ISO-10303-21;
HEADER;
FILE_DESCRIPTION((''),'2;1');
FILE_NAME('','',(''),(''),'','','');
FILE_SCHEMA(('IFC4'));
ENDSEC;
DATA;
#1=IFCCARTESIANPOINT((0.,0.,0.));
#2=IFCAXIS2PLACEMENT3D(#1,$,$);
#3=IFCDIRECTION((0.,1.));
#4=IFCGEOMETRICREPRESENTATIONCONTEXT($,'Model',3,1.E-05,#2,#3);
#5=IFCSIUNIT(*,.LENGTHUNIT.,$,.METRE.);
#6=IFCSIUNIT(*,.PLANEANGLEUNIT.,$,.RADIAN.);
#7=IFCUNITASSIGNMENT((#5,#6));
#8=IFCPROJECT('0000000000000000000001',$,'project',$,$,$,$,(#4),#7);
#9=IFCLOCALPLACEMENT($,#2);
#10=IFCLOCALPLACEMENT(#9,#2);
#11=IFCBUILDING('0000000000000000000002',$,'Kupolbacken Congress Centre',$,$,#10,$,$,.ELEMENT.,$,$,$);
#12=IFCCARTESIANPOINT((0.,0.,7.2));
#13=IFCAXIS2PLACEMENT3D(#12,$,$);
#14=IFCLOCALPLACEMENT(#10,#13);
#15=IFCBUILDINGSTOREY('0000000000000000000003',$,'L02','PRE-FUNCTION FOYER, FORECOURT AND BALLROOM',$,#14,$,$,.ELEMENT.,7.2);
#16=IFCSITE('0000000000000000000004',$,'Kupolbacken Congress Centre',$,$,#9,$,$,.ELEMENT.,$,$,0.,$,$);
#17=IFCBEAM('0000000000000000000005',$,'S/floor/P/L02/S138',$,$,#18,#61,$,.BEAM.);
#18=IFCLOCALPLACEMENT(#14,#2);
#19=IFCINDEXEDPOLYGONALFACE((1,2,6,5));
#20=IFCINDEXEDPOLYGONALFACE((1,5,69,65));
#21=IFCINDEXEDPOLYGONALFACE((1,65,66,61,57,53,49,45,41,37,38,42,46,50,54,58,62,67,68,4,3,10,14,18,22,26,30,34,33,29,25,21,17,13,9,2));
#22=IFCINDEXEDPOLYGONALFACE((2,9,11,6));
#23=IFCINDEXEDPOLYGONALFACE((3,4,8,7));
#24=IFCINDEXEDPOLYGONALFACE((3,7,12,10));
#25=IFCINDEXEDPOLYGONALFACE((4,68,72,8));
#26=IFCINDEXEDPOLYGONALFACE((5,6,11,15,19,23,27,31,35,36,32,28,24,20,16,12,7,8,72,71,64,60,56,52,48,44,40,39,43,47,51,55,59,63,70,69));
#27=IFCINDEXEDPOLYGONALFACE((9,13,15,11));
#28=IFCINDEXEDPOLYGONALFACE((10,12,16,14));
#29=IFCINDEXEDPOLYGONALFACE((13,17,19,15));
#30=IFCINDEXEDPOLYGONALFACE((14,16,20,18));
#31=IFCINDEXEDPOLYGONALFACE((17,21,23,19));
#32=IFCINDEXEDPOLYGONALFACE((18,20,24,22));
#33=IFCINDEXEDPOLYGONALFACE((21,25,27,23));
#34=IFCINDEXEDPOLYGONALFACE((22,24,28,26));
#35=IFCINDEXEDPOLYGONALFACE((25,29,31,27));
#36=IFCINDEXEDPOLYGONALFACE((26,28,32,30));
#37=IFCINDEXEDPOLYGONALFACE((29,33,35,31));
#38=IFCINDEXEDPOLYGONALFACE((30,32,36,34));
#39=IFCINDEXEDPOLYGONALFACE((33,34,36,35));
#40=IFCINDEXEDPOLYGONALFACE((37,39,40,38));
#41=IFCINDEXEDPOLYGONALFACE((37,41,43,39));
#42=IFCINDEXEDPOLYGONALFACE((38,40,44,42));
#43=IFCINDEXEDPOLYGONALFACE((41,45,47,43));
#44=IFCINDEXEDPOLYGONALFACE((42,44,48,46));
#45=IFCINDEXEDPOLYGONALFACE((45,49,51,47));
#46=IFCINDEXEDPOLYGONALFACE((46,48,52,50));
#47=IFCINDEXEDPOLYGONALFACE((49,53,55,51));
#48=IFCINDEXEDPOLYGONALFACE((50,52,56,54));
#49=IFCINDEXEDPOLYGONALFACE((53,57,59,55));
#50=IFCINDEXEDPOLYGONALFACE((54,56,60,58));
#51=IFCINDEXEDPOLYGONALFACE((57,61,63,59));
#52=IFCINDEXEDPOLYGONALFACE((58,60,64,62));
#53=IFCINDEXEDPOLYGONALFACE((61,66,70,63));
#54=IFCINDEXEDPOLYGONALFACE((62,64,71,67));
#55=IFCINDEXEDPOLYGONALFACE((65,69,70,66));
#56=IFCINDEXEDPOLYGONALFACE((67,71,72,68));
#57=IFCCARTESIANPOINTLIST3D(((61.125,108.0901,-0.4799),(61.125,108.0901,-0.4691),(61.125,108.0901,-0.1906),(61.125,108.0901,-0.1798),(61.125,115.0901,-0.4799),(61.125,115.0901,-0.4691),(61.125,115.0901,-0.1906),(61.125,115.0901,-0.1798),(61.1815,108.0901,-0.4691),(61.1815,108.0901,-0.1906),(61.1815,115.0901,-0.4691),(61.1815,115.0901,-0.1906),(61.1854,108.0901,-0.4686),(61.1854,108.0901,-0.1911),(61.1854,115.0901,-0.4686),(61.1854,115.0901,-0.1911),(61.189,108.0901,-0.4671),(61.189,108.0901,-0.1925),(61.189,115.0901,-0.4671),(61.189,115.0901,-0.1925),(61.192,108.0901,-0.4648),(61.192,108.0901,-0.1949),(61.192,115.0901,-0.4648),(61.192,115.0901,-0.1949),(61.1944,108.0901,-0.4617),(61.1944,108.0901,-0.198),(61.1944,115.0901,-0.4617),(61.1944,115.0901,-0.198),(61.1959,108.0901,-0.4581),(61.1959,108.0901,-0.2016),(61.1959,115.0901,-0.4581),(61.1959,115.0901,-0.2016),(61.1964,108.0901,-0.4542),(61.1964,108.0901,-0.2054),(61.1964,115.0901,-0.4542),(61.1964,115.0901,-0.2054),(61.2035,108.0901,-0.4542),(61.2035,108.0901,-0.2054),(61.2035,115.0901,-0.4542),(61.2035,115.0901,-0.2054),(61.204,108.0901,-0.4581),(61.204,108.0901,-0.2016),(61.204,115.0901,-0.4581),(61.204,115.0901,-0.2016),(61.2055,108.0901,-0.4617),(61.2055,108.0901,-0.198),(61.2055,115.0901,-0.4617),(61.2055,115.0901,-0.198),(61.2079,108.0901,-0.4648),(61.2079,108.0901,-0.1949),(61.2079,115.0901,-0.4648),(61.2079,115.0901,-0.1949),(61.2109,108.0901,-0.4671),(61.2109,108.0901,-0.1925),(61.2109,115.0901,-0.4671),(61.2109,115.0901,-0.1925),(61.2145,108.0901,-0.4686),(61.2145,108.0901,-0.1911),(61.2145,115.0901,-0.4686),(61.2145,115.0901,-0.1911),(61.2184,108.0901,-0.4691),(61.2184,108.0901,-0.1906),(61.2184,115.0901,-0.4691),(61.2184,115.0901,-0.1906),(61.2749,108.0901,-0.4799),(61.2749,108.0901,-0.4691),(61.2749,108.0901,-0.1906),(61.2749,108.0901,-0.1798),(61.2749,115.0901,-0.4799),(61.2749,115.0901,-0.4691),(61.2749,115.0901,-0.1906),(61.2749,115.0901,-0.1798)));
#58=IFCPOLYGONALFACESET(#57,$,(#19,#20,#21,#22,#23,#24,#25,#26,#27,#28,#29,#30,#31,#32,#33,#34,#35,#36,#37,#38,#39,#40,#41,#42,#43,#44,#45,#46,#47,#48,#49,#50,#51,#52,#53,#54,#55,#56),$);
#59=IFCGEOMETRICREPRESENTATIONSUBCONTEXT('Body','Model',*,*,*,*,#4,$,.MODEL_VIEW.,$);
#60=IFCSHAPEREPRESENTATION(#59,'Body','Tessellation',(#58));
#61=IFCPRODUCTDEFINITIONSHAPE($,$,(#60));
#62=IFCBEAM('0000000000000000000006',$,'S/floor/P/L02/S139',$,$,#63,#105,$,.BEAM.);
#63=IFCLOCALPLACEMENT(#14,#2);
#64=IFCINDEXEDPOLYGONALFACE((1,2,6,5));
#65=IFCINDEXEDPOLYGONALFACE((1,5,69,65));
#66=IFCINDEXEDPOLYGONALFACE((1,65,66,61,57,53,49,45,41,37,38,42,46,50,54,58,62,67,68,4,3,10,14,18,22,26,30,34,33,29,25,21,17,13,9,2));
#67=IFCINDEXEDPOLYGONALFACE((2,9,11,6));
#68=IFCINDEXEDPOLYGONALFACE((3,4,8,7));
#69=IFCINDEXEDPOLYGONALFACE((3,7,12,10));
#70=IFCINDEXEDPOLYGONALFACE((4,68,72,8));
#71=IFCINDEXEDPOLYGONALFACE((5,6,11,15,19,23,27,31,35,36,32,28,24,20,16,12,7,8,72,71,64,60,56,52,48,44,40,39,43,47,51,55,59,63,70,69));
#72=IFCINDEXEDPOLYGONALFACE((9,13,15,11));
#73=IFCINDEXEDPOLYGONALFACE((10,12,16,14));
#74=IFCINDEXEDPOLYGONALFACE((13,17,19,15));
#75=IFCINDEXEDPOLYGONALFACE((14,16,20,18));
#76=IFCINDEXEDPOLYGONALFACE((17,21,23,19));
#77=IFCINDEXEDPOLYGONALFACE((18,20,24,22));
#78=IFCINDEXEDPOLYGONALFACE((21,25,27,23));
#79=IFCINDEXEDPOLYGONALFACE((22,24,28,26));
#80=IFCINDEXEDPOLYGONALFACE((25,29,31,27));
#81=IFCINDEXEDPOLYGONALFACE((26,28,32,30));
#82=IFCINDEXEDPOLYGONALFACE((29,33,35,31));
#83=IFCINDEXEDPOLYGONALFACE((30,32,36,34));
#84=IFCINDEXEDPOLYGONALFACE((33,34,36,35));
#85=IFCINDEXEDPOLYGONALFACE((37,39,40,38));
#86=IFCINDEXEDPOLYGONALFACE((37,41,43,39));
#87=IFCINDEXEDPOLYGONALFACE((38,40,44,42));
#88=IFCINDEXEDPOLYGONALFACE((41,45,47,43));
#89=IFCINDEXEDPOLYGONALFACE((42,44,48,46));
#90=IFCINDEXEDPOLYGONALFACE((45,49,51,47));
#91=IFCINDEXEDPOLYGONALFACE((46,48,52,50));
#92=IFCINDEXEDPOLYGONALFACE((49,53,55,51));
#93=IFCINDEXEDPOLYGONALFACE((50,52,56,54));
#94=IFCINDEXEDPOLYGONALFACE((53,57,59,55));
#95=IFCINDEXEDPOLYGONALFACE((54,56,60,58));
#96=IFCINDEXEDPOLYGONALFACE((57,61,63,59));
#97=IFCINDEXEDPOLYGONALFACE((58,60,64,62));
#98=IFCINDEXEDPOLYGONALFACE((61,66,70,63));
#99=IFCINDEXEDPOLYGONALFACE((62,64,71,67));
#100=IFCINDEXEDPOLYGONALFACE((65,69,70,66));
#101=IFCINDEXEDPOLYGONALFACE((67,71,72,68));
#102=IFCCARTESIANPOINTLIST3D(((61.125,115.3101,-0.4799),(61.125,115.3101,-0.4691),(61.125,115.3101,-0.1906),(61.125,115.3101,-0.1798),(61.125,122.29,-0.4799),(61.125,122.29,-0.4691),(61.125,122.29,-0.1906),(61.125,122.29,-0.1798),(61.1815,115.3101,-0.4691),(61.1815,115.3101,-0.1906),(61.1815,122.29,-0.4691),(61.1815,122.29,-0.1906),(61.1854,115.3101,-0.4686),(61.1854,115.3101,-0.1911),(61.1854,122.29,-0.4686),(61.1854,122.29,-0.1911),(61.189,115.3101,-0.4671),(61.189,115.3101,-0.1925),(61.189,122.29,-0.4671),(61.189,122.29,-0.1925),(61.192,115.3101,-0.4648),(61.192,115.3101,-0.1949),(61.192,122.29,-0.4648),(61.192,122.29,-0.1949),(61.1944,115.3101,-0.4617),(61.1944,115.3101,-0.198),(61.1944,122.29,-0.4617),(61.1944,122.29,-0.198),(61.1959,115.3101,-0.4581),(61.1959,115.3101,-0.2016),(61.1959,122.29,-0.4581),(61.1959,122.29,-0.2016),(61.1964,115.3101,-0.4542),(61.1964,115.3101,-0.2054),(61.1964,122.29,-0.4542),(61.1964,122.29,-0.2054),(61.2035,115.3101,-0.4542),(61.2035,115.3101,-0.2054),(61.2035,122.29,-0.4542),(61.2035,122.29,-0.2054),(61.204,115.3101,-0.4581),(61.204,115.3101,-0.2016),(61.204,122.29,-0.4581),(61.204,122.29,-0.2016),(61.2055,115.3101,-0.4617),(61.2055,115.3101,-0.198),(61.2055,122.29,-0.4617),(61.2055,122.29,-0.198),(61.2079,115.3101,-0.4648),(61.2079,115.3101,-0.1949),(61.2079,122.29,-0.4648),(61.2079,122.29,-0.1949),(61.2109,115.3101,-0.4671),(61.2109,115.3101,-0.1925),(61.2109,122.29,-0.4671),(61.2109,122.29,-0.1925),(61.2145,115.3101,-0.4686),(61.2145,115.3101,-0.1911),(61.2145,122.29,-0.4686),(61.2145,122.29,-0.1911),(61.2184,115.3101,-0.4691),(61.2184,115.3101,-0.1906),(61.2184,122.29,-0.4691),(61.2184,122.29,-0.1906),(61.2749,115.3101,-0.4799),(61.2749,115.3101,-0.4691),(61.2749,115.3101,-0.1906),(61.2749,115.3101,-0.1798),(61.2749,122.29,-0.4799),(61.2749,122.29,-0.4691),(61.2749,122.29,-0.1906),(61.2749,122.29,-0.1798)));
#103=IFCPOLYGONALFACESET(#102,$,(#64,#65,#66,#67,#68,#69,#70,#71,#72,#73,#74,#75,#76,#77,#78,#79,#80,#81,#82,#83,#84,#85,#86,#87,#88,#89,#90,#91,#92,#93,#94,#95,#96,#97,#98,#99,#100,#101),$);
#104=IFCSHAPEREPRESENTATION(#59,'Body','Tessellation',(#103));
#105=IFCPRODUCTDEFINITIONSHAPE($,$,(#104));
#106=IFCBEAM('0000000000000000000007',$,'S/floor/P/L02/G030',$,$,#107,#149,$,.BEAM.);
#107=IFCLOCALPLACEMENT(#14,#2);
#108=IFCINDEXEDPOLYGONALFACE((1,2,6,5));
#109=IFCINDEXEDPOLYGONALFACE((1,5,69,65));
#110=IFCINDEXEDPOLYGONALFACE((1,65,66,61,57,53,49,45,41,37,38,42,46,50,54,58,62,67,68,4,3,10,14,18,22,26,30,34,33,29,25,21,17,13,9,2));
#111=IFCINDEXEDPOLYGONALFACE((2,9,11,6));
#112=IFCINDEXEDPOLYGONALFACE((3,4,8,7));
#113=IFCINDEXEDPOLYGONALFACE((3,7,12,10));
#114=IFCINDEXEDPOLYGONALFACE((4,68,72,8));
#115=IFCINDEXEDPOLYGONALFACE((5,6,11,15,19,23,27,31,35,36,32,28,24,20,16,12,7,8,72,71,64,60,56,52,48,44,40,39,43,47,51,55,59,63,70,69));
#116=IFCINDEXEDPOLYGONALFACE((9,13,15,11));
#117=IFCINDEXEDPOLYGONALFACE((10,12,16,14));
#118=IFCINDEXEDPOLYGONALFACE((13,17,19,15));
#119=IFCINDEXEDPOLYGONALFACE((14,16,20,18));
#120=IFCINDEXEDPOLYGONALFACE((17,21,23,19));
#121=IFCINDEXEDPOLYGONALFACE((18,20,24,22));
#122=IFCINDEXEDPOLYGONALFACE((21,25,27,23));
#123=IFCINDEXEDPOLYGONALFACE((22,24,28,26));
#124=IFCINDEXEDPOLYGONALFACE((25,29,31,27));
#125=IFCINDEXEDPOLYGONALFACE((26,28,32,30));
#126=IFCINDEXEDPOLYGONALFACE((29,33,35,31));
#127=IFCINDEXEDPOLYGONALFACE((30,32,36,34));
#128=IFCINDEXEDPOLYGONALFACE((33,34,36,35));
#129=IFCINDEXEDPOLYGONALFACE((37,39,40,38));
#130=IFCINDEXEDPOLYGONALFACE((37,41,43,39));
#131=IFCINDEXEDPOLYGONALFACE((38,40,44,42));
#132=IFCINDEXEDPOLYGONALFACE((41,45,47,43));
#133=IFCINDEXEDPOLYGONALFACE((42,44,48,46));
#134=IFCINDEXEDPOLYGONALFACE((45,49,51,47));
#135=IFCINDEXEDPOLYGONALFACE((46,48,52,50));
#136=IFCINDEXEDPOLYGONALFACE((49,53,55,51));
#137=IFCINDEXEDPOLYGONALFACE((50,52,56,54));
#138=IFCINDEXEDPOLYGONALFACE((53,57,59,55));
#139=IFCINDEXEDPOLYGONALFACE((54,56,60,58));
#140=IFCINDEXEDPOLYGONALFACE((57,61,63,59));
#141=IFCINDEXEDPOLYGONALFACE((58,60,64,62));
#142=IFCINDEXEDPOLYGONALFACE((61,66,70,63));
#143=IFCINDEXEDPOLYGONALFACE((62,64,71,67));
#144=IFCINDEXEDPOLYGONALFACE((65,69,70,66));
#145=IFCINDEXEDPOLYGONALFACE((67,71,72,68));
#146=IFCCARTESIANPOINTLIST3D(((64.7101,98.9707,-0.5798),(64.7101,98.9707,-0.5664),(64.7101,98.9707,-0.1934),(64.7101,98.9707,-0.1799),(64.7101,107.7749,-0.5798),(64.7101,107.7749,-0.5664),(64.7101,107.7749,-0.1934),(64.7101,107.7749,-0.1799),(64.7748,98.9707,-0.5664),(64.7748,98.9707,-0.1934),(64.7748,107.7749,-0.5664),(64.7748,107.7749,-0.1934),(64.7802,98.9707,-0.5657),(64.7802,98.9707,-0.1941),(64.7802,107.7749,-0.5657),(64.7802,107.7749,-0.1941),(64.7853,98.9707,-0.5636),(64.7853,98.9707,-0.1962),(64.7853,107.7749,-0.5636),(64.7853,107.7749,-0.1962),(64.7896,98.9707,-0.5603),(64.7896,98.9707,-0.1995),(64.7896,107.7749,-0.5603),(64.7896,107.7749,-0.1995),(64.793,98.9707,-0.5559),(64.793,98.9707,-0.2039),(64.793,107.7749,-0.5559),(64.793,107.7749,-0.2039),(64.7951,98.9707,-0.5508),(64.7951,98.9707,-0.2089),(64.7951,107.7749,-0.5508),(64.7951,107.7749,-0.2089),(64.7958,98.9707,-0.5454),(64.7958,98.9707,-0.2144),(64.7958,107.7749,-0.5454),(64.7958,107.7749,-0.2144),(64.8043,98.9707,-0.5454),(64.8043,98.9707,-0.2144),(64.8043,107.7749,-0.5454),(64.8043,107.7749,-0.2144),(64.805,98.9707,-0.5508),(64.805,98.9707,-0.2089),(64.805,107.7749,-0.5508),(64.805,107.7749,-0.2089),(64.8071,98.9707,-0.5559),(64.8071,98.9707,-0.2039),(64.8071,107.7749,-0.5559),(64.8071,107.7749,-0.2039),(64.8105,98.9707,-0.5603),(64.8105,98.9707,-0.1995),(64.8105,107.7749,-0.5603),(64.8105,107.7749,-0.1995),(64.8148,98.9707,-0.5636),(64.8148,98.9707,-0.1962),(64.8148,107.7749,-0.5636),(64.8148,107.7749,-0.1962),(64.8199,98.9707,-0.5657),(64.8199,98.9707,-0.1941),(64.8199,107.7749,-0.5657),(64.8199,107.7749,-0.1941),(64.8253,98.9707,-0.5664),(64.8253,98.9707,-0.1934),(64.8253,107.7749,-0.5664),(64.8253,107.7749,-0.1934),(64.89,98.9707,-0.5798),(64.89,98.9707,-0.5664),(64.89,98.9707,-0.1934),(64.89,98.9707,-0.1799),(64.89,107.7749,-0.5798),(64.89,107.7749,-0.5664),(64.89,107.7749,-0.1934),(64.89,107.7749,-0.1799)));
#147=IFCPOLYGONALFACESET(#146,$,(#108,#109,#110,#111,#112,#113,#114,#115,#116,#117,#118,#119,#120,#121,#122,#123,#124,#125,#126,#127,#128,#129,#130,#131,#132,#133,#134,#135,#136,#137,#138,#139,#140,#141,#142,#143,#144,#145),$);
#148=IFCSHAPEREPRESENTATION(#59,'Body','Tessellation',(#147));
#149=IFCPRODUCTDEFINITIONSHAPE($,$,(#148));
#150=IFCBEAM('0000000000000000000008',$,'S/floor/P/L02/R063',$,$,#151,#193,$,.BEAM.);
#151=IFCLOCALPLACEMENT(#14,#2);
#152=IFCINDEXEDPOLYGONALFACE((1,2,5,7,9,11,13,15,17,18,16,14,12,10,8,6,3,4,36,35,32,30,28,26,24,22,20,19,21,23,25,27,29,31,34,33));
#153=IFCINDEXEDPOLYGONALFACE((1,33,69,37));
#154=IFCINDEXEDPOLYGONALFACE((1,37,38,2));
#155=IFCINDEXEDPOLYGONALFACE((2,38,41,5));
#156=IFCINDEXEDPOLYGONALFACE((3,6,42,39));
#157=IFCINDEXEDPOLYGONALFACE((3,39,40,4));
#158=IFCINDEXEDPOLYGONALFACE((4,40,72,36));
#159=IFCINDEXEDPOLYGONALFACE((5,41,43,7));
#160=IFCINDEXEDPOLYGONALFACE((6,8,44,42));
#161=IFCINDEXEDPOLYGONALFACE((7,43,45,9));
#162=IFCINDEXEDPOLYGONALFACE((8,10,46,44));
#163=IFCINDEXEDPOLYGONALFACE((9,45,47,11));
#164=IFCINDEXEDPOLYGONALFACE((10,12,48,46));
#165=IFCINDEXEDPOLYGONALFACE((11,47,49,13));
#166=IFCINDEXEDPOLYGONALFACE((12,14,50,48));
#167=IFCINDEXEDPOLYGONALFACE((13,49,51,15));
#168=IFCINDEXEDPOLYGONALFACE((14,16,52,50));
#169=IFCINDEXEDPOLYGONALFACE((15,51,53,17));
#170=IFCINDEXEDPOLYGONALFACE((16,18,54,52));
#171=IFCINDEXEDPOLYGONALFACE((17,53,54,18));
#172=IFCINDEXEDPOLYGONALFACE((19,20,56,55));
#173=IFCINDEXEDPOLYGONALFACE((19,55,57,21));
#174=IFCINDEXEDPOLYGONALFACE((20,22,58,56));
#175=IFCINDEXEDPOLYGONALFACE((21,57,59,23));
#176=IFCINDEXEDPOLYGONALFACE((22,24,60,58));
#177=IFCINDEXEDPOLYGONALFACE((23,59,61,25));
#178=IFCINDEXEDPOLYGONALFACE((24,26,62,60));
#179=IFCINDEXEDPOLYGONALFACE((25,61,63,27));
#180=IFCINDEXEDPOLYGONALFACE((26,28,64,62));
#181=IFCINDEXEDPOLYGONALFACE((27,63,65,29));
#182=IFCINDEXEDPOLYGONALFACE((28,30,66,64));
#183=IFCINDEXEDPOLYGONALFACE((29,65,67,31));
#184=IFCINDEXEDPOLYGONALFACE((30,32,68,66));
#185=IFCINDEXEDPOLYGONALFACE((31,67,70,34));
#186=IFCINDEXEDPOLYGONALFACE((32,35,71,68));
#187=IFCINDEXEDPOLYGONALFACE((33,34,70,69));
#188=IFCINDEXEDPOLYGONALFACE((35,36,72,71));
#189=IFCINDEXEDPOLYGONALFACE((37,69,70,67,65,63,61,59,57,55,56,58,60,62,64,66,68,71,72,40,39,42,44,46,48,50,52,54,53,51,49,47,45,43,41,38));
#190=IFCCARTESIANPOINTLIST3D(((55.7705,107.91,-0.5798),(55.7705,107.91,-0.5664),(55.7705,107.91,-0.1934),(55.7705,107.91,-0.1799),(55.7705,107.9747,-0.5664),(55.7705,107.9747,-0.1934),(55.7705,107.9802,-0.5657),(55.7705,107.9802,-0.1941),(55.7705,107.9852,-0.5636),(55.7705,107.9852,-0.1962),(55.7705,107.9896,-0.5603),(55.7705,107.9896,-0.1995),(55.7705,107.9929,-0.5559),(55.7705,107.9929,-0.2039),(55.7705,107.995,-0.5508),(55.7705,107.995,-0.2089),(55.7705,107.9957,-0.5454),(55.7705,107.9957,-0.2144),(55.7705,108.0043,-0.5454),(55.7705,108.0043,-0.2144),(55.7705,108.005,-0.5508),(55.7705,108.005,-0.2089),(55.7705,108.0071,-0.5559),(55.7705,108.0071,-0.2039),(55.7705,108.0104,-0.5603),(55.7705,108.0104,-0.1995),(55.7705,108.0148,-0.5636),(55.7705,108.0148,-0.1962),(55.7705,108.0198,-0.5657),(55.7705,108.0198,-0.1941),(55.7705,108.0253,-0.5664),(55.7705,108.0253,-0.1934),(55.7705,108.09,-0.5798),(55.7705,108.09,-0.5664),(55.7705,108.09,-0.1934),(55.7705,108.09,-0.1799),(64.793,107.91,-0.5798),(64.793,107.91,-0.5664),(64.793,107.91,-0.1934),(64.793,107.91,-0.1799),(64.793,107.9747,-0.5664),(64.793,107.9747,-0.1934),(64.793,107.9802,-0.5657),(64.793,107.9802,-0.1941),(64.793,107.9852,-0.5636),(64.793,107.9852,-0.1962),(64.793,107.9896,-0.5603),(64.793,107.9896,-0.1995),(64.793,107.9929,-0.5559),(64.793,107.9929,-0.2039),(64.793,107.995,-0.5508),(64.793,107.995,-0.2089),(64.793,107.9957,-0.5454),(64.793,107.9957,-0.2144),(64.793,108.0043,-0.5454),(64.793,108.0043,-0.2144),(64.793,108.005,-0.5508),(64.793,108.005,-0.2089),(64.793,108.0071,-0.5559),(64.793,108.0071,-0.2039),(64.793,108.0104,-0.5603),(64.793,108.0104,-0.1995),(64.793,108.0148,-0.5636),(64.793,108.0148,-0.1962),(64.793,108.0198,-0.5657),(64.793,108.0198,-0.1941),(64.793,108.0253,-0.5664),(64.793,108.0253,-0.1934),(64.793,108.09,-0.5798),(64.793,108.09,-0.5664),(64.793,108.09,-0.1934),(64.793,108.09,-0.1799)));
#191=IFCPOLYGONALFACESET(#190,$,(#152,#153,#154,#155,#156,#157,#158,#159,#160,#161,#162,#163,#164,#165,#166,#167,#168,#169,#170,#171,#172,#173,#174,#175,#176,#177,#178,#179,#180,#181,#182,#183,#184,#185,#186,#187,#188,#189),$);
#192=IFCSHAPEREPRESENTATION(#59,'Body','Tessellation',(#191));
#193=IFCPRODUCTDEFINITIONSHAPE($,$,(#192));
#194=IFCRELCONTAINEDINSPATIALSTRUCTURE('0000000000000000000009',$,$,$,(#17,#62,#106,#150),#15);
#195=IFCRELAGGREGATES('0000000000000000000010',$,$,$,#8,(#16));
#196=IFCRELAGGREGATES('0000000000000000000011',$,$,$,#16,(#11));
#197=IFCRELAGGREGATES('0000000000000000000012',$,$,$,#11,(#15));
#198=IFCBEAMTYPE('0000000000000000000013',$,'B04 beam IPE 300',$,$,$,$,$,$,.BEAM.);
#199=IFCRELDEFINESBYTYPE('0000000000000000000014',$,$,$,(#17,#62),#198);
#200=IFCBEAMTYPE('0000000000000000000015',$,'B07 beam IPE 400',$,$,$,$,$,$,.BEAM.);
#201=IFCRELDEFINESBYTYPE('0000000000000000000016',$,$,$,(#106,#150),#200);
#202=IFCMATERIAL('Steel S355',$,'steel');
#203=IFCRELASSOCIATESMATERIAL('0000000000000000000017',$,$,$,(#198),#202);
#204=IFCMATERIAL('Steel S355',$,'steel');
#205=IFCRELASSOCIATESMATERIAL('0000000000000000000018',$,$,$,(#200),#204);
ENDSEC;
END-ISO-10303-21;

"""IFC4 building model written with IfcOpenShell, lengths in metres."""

from ifc_helpers import new_model, si_unit, direction, frame, origin, origin_2d, place, context, subcontext, project, spatial, i_section, extrude, material, material_profile, profile_set, type_object, element, save


model = new_model("IFC4")

# Units and contexts
model_context = context("Model", 3, precision=1e-05, world=origin(), true_north=direction((0.0, 1.0)))
body_context = subcontext(model_context, "Body", "Model", "MODEL_VIEW")
ifc_project = project(units=[si_unit("LENGTHUNIT", "METRE"), si_unit("PLANEANGLEUNIT", "RADIAN")], contexts=[model_context])

# Site, building, storey
site_placement = place(None, origin())
site = spatial("IfcSite", under=ifc_project, at=site_placement, Name="Kupolbacken Congress Centre", CompositionType="ELEMENT", RefElevation=0.0)
building_placement = place(site_placement, origin())
building = spatial("IfcBuilding", under=site, at=building_placement, Name="Kupolbacken Congress Centre", CompositionType="ELEMENT")
storey_placement = place(building_placement, frame((0.0, 0.0, 7.2)))
storey = spatial("IfcBuildingStorey", under=building, at=storey_placement, Name="L02", Description="PRE-FUNCTION FOYER, FORECOURT AND BALLROOM", CompositionType="ELEMENT", Elevation=7.2)

# Beams
ifc_material_1 = material(Name="Steel S355", Category="steel")
ifc_material_profile_1 = material_profile(ifc_material_1, i_section(OverallWidth=0.1499, OverallDepth=0.3, WebThickness=0.0071, FlangeThickness=0.0107, FilletRadius=0.0149, at=origin_2d()), Name="IPE 300")
ifc_profile_set_1 = profile_set([ifc_material_profile_1], Name="Steel S355")
beam_type_1 = type_object("IfcBeamType", Name="B04 beam IPE 300", PredefinedType="BEAM", material=ifc_profile_set_1)
beam_1_placement = place(storey_placement, frame((61.2, 108.0901, -0.3298), z_axis=(0.0, 1.0, 0.0), x_axis=(-1.0, 0.0, 0.0)))
element("IfcBeam", 1, at=beam_1_placement, inside=storey, type_object=beam_type_1, Name="S/floor/P/L02/S138", PredefinedType="BEAM", context=body_context, shape_type="SweptSolid", body=[
    extrude(i_section(OverallWidth=0.1499, OverallDepth=0.3, WebThickness=0.0071, FlangeThickness=0.0107, FilletRadius=0.0149, at=origin_2d()), origin(), (0.0, 0.0, 1.0), 7.0),
])
beam_2_placement = place(storey_placement, frame((61.2, 115.3101, -0.3298), z_axis=(0.0, 1.0, 0.0), x_axis=(-1.0, 0.0, 0.0)))
element("IfcBeam", 2, at=beam_2_placement, inside=storey, type_object=beam_type_1, Name="S/floor/P/L02/S139", PredefinedType="BEAM", context=body_context, shape_type="SweptSolid", body=[
    extrude(i_section(OverallWidth=0.1499, OverallDepth=0.3, WebThickness=0.0071, FlangeThickness=0.0107, FilletRadius=0.0149, at=origin_2d()), origin(), (0.0, 0.0, 1.0), 6.98),
])
ifc_material_2 = material(Name="Steel S355", Category="steel")
ifc_material_profile_2 = material_profile(ifc_material_2, i_section(OverallWidth=0.1799, OverallDepth=0.3999, WebThickness=0.0085, FlangeThickness=0.0134, FilletRadius=0.021, at=origin_2d()), Name="IPE 400")
ifc_profile_set_2 = profile_set([ifc_material_profile_2], Name="Steel S355")
beam_type_2 = type_object("IfcBeamType", Name="B07 beam IPE 400", PredefinedType="BEAM", material=ifc_profile_set_2)
beam_3_placement = place(storey_placement, frame((64.8, 98.9707, -0.3799), z_axis=(0.0, 1.0, 0.0), x_axis=(-1.0, 0.0, 0.0)))
element("IfcBeam", 3, at=beam_3_placement, inside=storey, type_object=beam_type_2, Name="S/floor/P/L02/G030", PredefinedType="BEAM", context=body_context, shape_type="SweptSolid", body=[
    extrude(i_section(OverallWidth=0.1799, OverallDepth=0.3999, WebThickness=0.0085, FlangeThickness=0.0134, FilletRadius=0.021, at=origin_2d()), origin(), (0.0, 0.0, 1.0), 8.8042),
])
beam_4_placement = place(storey_placement, frame((55.7705, 108.0, -0.3799), z_axis=(1.0, 0.0, 0.0), x_axis=(0.0, 1.0, 0.0)))
element("IfcBeam", 4, at=beam_4_placement, inside=storey, type_object=beam_type_2, Name="S/floor/P/L02/R063", PredefinedType="BEAM", context=body_context, shape_type="SweptSolid", body=[
    extrude(i_section(OverallWidth=0.1799, OverallDepth=0.3999, WebThickness=0.0085, FlangeThickness=0.0134, FilletRadius=0.021, at=origin_2d()), origin(), (0.0, 0.0, 1.0), 9.0225),
])

save(model, "model.ifc")
